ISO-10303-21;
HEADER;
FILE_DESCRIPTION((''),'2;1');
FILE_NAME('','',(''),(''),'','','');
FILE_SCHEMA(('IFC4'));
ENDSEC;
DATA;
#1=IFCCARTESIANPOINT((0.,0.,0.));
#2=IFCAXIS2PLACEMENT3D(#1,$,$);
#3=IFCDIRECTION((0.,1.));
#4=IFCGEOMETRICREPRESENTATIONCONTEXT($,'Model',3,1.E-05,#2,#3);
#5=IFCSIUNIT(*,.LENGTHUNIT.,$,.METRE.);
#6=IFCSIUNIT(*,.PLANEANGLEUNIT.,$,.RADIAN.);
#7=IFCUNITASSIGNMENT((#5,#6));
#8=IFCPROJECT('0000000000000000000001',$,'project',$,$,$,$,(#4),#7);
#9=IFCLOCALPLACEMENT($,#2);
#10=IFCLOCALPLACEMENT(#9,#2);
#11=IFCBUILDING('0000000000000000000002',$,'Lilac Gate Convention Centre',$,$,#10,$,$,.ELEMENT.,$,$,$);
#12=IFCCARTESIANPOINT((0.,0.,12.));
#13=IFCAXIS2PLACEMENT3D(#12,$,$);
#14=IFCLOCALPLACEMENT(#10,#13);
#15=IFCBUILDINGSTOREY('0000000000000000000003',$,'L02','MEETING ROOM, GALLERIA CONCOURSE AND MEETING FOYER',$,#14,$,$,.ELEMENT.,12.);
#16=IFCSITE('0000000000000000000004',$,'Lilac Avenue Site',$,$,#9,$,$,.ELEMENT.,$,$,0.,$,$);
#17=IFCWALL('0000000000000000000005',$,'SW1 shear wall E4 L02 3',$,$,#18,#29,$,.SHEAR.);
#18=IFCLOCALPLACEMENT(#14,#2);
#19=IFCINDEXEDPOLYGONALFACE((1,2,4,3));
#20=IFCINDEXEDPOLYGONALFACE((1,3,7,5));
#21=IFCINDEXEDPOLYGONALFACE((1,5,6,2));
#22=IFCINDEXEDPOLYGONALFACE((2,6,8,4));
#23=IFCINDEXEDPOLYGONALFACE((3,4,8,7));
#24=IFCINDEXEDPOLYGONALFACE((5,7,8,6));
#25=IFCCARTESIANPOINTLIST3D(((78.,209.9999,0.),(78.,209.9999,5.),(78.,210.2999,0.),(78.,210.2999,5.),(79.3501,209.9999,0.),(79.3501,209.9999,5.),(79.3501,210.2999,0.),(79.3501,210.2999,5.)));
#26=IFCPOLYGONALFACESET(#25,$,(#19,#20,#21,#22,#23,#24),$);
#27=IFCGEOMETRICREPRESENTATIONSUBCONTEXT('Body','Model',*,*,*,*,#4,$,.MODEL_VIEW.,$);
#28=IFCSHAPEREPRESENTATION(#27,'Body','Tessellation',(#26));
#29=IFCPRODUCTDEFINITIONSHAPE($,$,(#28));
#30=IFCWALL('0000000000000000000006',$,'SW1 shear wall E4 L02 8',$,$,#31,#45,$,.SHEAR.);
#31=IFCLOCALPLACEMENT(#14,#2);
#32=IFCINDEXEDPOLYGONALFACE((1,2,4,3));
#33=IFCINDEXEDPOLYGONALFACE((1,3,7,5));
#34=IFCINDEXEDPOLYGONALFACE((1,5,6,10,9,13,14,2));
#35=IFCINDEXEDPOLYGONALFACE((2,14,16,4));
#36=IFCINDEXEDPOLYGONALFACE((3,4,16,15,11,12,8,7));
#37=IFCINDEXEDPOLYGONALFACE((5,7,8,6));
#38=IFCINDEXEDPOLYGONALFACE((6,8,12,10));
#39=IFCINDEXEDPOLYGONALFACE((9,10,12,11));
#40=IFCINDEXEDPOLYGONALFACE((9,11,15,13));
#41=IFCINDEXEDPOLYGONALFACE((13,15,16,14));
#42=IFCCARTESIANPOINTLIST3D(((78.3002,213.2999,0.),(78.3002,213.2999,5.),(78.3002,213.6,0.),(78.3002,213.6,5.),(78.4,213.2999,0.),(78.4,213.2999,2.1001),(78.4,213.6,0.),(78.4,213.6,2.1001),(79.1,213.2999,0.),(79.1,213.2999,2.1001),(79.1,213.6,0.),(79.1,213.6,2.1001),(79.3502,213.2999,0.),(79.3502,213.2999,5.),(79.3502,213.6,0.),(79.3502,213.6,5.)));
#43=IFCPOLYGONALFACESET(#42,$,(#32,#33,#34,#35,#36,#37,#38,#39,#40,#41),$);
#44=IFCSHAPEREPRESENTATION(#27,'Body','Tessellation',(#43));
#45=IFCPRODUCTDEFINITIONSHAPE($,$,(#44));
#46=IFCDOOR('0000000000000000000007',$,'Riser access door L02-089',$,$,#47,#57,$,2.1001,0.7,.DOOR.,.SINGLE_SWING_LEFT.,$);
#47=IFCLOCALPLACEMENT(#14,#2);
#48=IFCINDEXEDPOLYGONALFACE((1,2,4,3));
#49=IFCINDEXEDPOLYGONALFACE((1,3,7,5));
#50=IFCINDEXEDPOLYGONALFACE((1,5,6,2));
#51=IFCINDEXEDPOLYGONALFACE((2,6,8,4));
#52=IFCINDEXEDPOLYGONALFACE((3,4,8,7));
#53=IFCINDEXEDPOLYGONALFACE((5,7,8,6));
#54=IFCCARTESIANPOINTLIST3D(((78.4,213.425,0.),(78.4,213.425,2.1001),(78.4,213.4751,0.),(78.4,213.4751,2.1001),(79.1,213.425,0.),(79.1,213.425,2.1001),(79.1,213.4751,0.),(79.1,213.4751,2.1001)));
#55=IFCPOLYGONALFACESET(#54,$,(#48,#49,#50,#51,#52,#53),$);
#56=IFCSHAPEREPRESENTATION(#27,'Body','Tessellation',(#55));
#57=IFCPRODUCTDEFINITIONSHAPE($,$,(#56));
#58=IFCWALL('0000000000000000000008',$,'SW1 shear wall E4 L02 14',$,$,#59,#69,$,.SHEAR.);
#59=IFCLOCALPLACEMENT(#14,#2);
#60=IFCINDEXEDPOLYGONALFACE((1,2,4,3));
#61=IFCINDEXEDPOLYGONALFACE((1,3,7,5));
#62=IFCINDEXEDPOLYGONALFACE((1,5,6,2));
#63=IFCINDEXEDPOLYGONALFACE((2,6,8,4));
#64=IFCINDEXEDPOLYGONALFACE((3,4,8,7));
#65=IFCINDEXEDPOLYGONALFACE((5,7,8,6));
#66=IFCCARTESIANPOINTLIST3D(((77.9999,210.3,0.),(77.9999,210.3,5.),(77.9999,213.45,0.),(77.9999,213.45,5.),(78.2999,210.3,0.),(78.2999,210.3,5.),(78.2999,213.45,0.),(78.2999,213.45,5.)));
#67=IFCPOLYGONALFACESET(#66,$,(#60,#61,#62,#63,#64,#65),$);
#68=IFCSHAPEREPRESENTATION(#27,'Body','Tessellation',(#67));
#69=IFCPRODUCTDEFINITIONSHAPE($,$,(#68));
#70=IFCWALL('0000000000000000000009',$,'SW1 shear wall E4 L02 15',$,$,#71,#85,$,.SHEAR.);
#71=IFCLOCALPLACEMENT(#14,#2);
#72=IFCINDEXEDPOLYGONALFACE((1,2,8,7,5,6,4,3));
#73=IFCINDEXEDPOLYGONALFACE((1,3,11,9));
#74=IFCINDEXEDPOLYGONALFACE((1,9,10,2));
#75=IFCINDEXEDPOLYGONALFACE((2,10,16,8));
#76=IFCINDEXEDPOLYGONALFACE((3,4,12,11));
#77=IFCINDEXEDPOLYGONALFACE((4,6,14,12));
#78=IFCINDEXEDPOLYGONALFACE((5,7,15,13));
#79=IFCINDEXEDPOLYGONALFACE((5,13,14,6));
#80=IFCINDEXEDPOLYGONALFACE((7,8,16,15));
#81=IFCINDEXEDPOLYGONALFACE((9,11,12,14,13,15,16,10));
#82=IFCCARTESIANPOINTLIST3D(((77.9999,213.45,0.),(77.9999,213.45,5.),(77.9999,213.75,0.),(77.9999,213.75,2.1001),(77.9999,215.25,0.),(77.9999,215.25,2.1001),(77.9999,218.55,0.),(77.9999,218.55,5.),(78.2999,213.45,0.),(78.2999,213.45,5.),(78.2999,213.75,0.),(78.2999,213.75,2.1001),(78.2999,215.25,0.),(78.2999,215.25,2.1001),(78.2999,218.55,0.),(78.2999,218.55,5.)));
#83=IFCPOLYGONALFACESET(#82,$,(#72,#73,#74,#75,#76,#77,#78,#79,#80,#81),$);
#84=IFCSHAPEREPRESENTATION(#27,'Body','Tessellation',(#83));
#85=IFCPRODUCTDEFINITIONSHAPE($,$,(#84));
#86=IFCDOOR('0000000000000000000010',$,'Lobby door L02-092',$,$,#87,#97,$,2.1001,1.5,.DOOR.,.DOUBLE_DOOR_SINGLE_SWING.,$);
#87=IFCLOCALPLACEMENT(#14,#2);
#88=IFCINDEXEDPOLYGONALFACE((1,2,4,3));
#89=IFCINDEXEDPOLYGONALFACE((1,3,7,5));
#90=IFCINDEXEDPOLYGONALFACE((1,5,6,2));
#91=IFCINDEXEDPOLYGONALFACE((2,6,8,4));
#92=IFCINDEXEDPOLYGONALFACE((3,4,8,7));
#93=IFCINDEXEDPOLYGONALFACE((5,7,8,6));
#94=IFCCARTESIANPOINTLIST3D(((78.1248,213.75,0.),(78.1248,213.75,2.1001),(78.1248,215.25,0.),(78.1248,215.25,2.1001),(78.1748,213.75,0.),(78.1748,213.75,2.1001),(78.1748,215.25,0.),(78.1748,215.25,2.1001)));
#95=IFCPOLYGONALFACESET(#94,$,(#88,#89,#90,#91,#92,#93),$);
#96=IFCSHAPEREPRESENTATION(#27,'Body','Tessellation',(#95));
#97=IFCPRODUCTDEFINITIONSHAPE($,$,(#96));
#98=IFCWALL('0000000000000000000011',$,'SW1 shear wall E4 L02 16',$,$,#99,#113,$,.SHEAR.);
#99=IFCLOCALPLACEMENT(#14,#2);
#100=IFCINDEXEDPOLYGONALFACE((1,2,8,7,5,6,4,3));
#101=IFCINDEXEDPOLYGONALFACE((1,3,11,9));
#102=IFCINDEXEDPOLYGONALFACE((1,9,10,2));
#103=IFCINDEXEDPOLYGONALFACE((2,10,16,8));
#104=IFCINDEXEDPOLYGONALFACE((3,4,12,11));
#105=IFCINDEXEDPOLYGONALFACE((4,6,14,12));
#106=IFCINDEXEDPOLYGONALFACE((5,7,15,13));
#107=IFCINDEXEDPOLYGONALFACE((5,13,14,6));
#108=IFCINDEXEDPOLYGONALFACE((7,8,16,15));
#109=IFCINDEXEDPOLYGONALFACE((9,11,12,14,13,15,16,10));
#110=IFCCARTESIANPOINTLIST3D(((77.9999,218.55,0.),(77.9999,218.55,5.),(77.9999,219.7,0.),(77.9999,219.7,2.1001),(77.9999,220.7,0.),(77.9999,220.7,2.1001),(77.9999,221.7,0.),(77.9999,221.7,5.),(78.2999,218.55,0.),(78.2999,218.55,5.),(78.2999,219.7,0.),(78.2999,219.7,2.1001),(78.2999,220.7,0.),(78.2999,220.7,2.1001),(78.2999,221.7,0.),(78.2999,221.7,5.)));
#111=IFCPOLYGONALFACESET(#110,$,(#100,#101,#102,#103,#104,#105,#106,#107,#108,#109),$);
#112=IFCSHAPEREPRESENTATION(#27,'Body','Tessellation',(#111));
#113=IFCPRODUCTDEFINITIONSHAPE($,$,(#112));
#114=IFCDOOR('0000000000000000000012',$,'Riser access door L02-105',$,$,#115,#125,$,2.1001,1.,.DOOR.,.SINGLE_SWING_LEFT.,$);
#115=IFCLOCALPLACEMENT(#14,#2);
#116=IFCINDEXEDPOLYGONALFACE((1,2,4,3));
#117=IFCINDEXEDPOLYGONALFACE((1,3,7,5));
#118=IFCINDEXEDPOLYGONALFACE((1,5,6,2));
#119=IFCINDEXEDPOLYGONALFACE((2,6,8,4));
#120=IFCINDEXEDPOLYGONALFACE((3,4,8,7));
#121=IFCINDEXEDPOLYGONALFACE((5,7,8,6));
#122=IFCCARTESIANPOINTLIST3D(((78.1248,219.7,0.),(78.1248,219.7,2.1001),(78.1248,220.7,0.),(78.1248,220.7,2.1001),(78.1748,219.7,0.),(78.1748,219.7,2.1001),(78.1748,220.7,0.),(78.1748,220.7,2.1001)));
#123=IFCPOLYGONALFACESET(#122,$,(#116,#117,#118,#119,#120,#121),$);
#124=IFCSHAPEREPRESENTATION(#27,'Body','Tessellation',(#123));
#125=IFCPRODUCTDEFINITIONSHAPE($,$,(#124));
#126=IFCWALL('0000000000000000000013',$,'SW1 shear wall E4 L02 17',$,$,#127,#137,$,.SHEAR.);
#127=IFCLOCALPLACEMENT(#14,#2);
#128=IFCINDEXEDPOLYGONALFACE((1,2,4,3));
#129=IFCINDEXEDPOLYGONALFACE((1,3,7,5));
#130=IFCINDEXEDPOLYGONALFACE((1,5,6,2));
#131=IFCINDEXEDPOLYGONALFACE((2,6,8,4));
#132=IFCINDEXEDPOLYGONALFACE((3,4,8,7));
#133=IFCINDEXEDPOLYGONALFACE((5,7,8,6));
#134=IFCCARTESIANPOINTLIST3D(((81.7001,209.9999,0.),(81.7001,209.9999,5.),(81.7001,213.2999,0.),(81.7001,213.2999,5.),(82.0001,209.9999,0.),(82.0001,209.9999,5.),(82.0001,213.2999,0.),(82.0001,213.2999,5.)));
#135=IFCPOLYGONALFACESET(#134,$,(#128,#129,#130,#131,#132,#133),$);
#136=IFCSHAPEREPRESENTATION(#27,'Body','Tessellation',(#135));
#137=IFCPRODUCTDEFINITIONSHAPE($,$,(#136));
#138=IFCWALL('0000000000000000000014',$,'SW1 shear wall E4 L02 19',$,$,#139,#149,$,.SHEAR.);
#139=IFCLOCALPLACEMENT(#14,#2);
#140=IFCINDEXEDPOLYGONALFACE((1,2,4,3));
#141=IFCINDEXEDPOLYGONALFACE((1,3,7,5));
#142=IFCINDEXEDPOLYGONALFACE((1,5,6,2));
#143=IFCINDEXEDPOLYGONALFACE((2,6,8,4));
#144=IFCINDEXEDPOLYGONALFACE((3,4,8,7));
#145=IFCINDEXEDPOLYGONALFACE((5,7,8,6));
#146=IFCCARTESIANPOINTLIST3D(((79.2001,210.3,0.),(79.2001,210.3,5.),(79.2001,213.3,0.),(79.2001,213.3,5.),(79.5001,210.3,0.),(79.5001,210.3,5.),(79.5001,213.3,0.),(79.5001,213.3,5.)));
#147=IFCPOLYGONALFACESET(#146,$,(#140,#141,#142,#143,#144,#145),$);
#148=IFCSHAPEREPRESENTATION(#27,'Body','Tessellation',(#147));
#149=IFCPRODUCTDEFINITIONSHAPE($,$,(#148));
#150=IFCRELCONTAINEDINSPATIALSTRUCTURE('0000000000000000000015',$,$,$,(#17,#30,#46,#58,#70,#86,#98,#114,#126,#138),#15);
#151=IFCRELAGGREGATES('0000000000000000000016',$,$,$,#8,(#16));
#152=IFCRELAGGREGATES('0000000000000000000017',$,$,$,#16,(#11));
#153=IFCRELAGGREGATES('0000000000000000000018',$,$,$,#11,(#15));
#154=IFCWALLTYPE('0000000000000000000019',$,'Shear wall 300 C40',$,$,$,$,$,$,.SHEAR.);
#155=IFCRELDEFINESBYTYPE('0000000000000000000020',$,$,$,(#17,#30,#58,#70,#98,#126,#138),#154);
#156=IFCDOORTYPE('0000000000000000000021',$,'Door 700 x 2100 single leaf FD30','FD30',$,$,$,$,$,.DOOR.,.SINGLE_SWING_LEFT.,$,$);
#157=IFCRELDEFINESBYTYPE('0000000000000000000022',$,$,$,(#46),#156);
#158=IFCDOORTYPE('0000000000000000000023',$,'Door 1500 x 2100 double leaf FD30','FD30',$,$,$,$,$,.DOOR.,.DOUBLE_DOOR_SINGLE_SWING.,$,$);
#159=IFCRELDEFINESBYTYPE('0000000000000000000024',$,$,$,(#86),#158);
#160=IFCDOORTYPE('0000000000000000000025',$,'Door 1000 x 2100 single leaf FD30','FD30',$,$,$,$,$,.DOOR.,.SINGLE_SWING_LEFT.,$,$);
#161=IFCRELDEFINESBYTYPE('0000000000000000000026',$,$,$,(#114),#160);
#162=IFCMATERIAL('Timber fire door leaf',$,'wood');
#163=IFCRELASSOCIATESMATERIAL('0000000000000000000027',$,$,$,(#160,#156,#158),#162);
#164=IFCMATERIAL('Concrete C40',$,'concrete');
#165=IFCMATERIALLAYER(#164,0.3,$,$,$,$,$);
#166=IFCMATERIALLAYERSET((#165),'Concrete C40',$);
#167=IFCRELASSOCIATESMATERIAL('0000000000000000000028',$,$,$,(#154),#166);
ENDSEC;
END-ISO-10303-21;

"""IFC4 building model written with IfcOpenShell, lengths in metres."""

from ifc_helpers import new_model, si_unit, direction, frame, frame_2d, origin, place, context, subcontext, project, spatial, rectangle, extrude, material, layer, layer_set, type_object, element, fill, save


model = new_model("IFC4")

# Units and contexts
model_context = context("Model", 3, precision=1e-05, world=origin(), true_north=direction((0.0, 1.0)))
body_context = subcontext(model_context, "Body", "Model", "MODEL_VIEW")
ifc_project = project(units=[si_unit("LENGTHUNIT", "METRE"), si_unit("PLANEANGLEUNIT", "RADIAN")], contexts=[model_context])

# Site, building, storey
site_placement = place(None, origin())
site = spatial("IfcSite", under=ifc_project, at=site_placement, Name="Lilac Avenue Site", CompositionType="ELEMENT", RefElevation=0.0)
building_placement = place(site_placement, origin())
building = spatial("IfcBuilding", under=site, at=building_placement, Name="Lilac Gate Convention Centre", CompositionType="ELEMENT")
storey_placement = place(building_placement, frame((0.0, 0.0, 12.0)))
storey = spatial("IfcBuildingStorey", under=building, at=storey_placement, Name="L02", Description="MEETING ROOM, GALLERIA CONCOURSE AND MEETING FOYER", CompositionType="ELEMENT", Elevation=12.0)

# Shared definitions
ifc_material_1 = material(Name="Concrete C40", Category="concrete")

# Shared definitions
ifc_material_2 = material(Name="Timber fire door leaf", Category="wood")
door_type_1 = type_object("IfcDoorType", Name="Door 1000 x 2100 single leaf FD30", Description="FD30", OperationType="SINGLE_SWING_LEFT", PredefinedType="DOOR", material=ifc_material_2)

# Wall
ifc_layer_1 = layer(ifc_material_1, 0.3)
ifc_layer_set_1 = layer_set([ifc_layer_1], Name="Concrete C40")
wall_type_1 = type_object("IfcWallType", Name="Shear wall 300 C40", PredefinedType="SHEAR", material=ifc_layer_set_1)
wall_1_placement = place(storey_placement, frame((79.3501, 210.1499, 0.0), z_axis=(0.0, 0.0, 1.0), x_axis=(-1.0, 0.0, 0.0)))
element("IfcWall", 1, at=wall_1_placement, inside=storey, type_object=wall_type_1, Name="SW1 shear wall E4 L02 3", PredefinedType="SHEAR", context=body_context, shape_type="SweptSolid", body=[
    extrude(rectangle(XDim=1.3501, YDim=0.3, at=frame_2d((0.675, 0.0))), origin(), (0.0, 0.0, 1.0), 5.0),
])

# Wall, opening, door
wall_2_placement = place(storey_placement, frame((79.3501, 213.45, 0.0), z_axis=(0.0, 0.0, 1.0), x_axis=(-1.0, 0.0, 0.0)))
wall_2 = element("IfcWall", 2, at=wall_2_placement, inside=storey, type_object=wall_type_1, Name="SW1 shear wall E4 L02 8", PredefinedType="SHEAR", context=body_context, shape_type="SweptSolid", body=[
    extrude(rectangle(XDim=1.05, YDim=0.3, at=frame_2d((0.5249, 0.0))), origin(), (0.0, 0.0, 1.0), 5.0),
])
opening_1_placement = place(wall_2_placement, frame((0.25, 0.0, 0.0)))
opening_1 = element("IfcOpeningElement", 3, at=opening_1_placement, cuts=wall_2, PredefinedType="OPENING", context=body_context, shape_type="SweptSolid", body=[
    extrude(rectangle(XDim=0.7, YDim=2.1001, at=frame_2d((0.3501, 1.05))), frame((0.0, 0.1599, 0.0), z_axis=(0.0, -1.0, 0.0), x_axis=(1.0, 0.0, 0.0)), (0.0, 0.0, 1.0), 0.3201),
])
door_type_2 = type_object("IfcDoorType", Name="Door 700 x 2100 single leaf FD30", Description="FD30", OperationType="SINGLE_SWING_LEFT", PredefinedType="DOOR", material=ifc_material_2)
door_1_placement = place(opening_1_placement, origin())
door_1 = element("IfcDoor", 4, at=door_1_placement, inside=storey, type_object=door_type_2, Name="Riser access door L02-089", OperationType="SINGLE_SWING_LEFT", OverallHeight=2.1001, OverallWidth=0.7, PredefinedType="DOOR", context=body_context, shape_type="SweptSolid", body=[
    extrude(rectangle(XDim=0.7, YDim=2.1001, at=frame_2d((0.3501, 1.05))), frame((0.0, 0.0249, 0.0), z_axis=(0.0, -1.0, 0.0), x_axis=(1.0, 0.0, 0.0)), (0.0, 0.0, 1.0), 0.05),
])
fill(opening_1, door_1)

# Wall
wall_3_placement = place(storey_placement, frame((78.1499, 210.3, 0.0), z_axis=(0.0, 0.0, 1.0), x_axis=(0.0, 1.0, 0.0)))
element("IfcWall", 5, at=wall_3_placement, inside=storey, type_object=wall_type_1, Name="SW1 shear wall E4 L02 14", PredefinedType="SHEAR", context=body_context, shape_type="SweptSolid", body=[
    extrude(rectangle(XDim=3.1499, YDim=0.3, at=frame_2d((1.575, 0.0))), origin(), (0.0, 0.0, 1.0), 5.0),
])

# Walls, openings, doors
wall_4_placement = place(storey_placement, frame((78.1499, 213.45, 0.0), z_axis=(0.0, 0.0, 1.0), x_axis=(0.0, 1.0, 0.0)))
wall_4 = element("IfcWall", 6, at=wall_4_placement, inside=storey, type_object=wall_type_1, Name="SW1 shear wall E4 L02 15", PredefinedType="SHEAR", context=body_context, shape_type="SweptSolid", body=[
    extrude(rectangle(XDim=5.1001, YDim=0.3, at=frame_2d((2.55, 0.0))), origin(), (0.0, 0.0, 1.0), 5.0),
])
opening_2_placement = place(wall_4_placement, frame((0.3, 0.0, 0.0)))
opening_2 = element("IfcOpeningElement", 7, at=opening_2_placement, cuts=wall_4, PredefinedType="OPENING", context=body_context, shape_type="SweptSolid", body=[
    extrude(rectangle(XDim=1.5, YDim=2.1001, at=frame_2d((0.75, 1.05))), frame((0.0, 0.1599, 0.0), z_axis=(0.0, -1.0, 0.0), x_axis=(1.0, 0.0, 0.0)), (0.0, 0.0, 1.0), 0.3201),
])
door_type_3 = type_object("IfcDoorType", Name="Door 1500 x 2100 double leaf FD30", Description="FD30", OperationType="DOUBLE_DOOR_SINGLE_SWING", PredefinedType="DOOR", material=ifc_material_2)
door_2_placement = place(opening_2_placement, frame((1.5, 0.0, 0.0), z_axis=(0.0, 0.0, 1.0), x_axis=(-1.0, 0.0, 0.0)))
door_2 = element("IfcDoor", 8, at=door_2_placement, inside=storey, type_object=door_type_3, Name="Lobby door L02-092", OperationType="DOUBLE_DOOR_SINGLE_SWING", OverallHeight=2.1001, OverallWidth=1.5, PredefinedType="DOOR", context=body_context, shape_type="SweptSolid", body=[
    extrude(rectangle(XDim=1.5, YDim=2.1001, at=frame_2d((0.75, 1.05))), frame((0.0, 0.0249, 0.0), z_axis=(0.0, -1.0, 0.0), x_axis=(1.0, 0.0, 0.0)), (0.0, 0.0, 1.0), 0.05),
])
fill(opening_2, door_2)
wall_5_placement = place(storey_placement, frame((78.1499, 218.55, 0.0), z_axis=(0.0, 0.0, 1.0), x_axis=(0.0, 1.0, 0.0)))
wall_5 = element("IfcWall", 9, at=wall_5_placement, inside=storey, type_object=wall_type_1, Name="SW1 shear wall E4 L02 16", PredefinedType="SHEAR", context=body_context, shape_type="SweptSolid", body=[
    extrude(rectangle(XDim=3.1499, YDim=0.3, at=frame_2d((1.575, 0.0))), origin(), (0.0, 0.0, 1.0), 5.0),
])
opening_3_placement = place(wall_5_placement, frame((1.1499, 0.0, 0.0)))
opening_3 = element("IfcOpeningElement", 10, at=opening_3_placement, cuts=wall_5, PredefinedType="OPENING", context=body_context, shape_type="SweptSolid", body=[
    extrude(rectangle(XDim=1.0, YDim=2.1001, at=frame_2d((0.5, 1.05))), frame((0.0, 0.1599, 0.0), z_axis=(0.0, -1.0, 0.0), x_axis=(1.0, 0.0, 0.0)), (0.0, 0.0, 1.0), 0.3201),
])
door_3_placement = place(opening_3_placement, frame((1.0, 0.0, 0.0), z_axis=(0.0, 0.0, 1.0), x_axis=(-1.0, 0.0, 0.0)))
door_3 = element("IfcDoor", 11, at=door_3_placement, inside=storey, type_object=door_type_1, Name="Riser access door L02-105", OperationType="SINGLE_SWING_LEFT", OverallHeight=2.1001, OverallWidth=1.0, PredefinedType="DOOR", context=body_context, shape_type="SweptSolid", body=[
    extrude(rectangle(XDim=1.0, YDim=2.1001, at=frame_2d((0.5, 1.05))), frame((0.0, 0.0249, 0.0), z_axis=(0.0, -1.0, 0.0), x_axis=(1.0, 0.0, 0.0)), (0.0, 0.0, 1.0), 0.05),
])
fill(opening_3, door_3)

# Walls
wall_6_placement = place(storey_placement, frame((81.8501, 210.0, 0.0), z_axis=(0.0, 0.0, 1.0), x_axis=(0.0, 1.0, 0.0)))
element("IfcWall", 12, at=wall_6_placement, inside=storey, type_object=wall_type_1, Name="SW1 shear wall E4 L02 17", PredefinedType="SHEAR", context=body_context, shape_type="SweptSolid", body=[
    extrude(rectangle(XDim=3.3, YDim=0.3, at=frame_2d((1.6499, 0.0))), origin(), (0.0, 0.0, 1.0), 5.0),
])
wall_7_placement = place(storey_placement, frame((79.3501, 210.3, 0.0), z_axis=(0.0, 0.0, 1.0), x_axis=(0.0, 1.0, 0.0)))
element("IfcWall", 13, at=wall_7_placement, inside=storey, type_object=wall_type_1, Name="SW1 shear wall E4 L02 19", PredefinedType="SHEAR", context=body_context, shape_type="SweptSolid", body=[
    extrude(rectangle(XDim=3.0, YDim=0.3, at=frame_2d((1.5, 0.0))), origin(), (0.0, 0.0, 1.0), 5.0),
])

save(model, "model.ifc")
